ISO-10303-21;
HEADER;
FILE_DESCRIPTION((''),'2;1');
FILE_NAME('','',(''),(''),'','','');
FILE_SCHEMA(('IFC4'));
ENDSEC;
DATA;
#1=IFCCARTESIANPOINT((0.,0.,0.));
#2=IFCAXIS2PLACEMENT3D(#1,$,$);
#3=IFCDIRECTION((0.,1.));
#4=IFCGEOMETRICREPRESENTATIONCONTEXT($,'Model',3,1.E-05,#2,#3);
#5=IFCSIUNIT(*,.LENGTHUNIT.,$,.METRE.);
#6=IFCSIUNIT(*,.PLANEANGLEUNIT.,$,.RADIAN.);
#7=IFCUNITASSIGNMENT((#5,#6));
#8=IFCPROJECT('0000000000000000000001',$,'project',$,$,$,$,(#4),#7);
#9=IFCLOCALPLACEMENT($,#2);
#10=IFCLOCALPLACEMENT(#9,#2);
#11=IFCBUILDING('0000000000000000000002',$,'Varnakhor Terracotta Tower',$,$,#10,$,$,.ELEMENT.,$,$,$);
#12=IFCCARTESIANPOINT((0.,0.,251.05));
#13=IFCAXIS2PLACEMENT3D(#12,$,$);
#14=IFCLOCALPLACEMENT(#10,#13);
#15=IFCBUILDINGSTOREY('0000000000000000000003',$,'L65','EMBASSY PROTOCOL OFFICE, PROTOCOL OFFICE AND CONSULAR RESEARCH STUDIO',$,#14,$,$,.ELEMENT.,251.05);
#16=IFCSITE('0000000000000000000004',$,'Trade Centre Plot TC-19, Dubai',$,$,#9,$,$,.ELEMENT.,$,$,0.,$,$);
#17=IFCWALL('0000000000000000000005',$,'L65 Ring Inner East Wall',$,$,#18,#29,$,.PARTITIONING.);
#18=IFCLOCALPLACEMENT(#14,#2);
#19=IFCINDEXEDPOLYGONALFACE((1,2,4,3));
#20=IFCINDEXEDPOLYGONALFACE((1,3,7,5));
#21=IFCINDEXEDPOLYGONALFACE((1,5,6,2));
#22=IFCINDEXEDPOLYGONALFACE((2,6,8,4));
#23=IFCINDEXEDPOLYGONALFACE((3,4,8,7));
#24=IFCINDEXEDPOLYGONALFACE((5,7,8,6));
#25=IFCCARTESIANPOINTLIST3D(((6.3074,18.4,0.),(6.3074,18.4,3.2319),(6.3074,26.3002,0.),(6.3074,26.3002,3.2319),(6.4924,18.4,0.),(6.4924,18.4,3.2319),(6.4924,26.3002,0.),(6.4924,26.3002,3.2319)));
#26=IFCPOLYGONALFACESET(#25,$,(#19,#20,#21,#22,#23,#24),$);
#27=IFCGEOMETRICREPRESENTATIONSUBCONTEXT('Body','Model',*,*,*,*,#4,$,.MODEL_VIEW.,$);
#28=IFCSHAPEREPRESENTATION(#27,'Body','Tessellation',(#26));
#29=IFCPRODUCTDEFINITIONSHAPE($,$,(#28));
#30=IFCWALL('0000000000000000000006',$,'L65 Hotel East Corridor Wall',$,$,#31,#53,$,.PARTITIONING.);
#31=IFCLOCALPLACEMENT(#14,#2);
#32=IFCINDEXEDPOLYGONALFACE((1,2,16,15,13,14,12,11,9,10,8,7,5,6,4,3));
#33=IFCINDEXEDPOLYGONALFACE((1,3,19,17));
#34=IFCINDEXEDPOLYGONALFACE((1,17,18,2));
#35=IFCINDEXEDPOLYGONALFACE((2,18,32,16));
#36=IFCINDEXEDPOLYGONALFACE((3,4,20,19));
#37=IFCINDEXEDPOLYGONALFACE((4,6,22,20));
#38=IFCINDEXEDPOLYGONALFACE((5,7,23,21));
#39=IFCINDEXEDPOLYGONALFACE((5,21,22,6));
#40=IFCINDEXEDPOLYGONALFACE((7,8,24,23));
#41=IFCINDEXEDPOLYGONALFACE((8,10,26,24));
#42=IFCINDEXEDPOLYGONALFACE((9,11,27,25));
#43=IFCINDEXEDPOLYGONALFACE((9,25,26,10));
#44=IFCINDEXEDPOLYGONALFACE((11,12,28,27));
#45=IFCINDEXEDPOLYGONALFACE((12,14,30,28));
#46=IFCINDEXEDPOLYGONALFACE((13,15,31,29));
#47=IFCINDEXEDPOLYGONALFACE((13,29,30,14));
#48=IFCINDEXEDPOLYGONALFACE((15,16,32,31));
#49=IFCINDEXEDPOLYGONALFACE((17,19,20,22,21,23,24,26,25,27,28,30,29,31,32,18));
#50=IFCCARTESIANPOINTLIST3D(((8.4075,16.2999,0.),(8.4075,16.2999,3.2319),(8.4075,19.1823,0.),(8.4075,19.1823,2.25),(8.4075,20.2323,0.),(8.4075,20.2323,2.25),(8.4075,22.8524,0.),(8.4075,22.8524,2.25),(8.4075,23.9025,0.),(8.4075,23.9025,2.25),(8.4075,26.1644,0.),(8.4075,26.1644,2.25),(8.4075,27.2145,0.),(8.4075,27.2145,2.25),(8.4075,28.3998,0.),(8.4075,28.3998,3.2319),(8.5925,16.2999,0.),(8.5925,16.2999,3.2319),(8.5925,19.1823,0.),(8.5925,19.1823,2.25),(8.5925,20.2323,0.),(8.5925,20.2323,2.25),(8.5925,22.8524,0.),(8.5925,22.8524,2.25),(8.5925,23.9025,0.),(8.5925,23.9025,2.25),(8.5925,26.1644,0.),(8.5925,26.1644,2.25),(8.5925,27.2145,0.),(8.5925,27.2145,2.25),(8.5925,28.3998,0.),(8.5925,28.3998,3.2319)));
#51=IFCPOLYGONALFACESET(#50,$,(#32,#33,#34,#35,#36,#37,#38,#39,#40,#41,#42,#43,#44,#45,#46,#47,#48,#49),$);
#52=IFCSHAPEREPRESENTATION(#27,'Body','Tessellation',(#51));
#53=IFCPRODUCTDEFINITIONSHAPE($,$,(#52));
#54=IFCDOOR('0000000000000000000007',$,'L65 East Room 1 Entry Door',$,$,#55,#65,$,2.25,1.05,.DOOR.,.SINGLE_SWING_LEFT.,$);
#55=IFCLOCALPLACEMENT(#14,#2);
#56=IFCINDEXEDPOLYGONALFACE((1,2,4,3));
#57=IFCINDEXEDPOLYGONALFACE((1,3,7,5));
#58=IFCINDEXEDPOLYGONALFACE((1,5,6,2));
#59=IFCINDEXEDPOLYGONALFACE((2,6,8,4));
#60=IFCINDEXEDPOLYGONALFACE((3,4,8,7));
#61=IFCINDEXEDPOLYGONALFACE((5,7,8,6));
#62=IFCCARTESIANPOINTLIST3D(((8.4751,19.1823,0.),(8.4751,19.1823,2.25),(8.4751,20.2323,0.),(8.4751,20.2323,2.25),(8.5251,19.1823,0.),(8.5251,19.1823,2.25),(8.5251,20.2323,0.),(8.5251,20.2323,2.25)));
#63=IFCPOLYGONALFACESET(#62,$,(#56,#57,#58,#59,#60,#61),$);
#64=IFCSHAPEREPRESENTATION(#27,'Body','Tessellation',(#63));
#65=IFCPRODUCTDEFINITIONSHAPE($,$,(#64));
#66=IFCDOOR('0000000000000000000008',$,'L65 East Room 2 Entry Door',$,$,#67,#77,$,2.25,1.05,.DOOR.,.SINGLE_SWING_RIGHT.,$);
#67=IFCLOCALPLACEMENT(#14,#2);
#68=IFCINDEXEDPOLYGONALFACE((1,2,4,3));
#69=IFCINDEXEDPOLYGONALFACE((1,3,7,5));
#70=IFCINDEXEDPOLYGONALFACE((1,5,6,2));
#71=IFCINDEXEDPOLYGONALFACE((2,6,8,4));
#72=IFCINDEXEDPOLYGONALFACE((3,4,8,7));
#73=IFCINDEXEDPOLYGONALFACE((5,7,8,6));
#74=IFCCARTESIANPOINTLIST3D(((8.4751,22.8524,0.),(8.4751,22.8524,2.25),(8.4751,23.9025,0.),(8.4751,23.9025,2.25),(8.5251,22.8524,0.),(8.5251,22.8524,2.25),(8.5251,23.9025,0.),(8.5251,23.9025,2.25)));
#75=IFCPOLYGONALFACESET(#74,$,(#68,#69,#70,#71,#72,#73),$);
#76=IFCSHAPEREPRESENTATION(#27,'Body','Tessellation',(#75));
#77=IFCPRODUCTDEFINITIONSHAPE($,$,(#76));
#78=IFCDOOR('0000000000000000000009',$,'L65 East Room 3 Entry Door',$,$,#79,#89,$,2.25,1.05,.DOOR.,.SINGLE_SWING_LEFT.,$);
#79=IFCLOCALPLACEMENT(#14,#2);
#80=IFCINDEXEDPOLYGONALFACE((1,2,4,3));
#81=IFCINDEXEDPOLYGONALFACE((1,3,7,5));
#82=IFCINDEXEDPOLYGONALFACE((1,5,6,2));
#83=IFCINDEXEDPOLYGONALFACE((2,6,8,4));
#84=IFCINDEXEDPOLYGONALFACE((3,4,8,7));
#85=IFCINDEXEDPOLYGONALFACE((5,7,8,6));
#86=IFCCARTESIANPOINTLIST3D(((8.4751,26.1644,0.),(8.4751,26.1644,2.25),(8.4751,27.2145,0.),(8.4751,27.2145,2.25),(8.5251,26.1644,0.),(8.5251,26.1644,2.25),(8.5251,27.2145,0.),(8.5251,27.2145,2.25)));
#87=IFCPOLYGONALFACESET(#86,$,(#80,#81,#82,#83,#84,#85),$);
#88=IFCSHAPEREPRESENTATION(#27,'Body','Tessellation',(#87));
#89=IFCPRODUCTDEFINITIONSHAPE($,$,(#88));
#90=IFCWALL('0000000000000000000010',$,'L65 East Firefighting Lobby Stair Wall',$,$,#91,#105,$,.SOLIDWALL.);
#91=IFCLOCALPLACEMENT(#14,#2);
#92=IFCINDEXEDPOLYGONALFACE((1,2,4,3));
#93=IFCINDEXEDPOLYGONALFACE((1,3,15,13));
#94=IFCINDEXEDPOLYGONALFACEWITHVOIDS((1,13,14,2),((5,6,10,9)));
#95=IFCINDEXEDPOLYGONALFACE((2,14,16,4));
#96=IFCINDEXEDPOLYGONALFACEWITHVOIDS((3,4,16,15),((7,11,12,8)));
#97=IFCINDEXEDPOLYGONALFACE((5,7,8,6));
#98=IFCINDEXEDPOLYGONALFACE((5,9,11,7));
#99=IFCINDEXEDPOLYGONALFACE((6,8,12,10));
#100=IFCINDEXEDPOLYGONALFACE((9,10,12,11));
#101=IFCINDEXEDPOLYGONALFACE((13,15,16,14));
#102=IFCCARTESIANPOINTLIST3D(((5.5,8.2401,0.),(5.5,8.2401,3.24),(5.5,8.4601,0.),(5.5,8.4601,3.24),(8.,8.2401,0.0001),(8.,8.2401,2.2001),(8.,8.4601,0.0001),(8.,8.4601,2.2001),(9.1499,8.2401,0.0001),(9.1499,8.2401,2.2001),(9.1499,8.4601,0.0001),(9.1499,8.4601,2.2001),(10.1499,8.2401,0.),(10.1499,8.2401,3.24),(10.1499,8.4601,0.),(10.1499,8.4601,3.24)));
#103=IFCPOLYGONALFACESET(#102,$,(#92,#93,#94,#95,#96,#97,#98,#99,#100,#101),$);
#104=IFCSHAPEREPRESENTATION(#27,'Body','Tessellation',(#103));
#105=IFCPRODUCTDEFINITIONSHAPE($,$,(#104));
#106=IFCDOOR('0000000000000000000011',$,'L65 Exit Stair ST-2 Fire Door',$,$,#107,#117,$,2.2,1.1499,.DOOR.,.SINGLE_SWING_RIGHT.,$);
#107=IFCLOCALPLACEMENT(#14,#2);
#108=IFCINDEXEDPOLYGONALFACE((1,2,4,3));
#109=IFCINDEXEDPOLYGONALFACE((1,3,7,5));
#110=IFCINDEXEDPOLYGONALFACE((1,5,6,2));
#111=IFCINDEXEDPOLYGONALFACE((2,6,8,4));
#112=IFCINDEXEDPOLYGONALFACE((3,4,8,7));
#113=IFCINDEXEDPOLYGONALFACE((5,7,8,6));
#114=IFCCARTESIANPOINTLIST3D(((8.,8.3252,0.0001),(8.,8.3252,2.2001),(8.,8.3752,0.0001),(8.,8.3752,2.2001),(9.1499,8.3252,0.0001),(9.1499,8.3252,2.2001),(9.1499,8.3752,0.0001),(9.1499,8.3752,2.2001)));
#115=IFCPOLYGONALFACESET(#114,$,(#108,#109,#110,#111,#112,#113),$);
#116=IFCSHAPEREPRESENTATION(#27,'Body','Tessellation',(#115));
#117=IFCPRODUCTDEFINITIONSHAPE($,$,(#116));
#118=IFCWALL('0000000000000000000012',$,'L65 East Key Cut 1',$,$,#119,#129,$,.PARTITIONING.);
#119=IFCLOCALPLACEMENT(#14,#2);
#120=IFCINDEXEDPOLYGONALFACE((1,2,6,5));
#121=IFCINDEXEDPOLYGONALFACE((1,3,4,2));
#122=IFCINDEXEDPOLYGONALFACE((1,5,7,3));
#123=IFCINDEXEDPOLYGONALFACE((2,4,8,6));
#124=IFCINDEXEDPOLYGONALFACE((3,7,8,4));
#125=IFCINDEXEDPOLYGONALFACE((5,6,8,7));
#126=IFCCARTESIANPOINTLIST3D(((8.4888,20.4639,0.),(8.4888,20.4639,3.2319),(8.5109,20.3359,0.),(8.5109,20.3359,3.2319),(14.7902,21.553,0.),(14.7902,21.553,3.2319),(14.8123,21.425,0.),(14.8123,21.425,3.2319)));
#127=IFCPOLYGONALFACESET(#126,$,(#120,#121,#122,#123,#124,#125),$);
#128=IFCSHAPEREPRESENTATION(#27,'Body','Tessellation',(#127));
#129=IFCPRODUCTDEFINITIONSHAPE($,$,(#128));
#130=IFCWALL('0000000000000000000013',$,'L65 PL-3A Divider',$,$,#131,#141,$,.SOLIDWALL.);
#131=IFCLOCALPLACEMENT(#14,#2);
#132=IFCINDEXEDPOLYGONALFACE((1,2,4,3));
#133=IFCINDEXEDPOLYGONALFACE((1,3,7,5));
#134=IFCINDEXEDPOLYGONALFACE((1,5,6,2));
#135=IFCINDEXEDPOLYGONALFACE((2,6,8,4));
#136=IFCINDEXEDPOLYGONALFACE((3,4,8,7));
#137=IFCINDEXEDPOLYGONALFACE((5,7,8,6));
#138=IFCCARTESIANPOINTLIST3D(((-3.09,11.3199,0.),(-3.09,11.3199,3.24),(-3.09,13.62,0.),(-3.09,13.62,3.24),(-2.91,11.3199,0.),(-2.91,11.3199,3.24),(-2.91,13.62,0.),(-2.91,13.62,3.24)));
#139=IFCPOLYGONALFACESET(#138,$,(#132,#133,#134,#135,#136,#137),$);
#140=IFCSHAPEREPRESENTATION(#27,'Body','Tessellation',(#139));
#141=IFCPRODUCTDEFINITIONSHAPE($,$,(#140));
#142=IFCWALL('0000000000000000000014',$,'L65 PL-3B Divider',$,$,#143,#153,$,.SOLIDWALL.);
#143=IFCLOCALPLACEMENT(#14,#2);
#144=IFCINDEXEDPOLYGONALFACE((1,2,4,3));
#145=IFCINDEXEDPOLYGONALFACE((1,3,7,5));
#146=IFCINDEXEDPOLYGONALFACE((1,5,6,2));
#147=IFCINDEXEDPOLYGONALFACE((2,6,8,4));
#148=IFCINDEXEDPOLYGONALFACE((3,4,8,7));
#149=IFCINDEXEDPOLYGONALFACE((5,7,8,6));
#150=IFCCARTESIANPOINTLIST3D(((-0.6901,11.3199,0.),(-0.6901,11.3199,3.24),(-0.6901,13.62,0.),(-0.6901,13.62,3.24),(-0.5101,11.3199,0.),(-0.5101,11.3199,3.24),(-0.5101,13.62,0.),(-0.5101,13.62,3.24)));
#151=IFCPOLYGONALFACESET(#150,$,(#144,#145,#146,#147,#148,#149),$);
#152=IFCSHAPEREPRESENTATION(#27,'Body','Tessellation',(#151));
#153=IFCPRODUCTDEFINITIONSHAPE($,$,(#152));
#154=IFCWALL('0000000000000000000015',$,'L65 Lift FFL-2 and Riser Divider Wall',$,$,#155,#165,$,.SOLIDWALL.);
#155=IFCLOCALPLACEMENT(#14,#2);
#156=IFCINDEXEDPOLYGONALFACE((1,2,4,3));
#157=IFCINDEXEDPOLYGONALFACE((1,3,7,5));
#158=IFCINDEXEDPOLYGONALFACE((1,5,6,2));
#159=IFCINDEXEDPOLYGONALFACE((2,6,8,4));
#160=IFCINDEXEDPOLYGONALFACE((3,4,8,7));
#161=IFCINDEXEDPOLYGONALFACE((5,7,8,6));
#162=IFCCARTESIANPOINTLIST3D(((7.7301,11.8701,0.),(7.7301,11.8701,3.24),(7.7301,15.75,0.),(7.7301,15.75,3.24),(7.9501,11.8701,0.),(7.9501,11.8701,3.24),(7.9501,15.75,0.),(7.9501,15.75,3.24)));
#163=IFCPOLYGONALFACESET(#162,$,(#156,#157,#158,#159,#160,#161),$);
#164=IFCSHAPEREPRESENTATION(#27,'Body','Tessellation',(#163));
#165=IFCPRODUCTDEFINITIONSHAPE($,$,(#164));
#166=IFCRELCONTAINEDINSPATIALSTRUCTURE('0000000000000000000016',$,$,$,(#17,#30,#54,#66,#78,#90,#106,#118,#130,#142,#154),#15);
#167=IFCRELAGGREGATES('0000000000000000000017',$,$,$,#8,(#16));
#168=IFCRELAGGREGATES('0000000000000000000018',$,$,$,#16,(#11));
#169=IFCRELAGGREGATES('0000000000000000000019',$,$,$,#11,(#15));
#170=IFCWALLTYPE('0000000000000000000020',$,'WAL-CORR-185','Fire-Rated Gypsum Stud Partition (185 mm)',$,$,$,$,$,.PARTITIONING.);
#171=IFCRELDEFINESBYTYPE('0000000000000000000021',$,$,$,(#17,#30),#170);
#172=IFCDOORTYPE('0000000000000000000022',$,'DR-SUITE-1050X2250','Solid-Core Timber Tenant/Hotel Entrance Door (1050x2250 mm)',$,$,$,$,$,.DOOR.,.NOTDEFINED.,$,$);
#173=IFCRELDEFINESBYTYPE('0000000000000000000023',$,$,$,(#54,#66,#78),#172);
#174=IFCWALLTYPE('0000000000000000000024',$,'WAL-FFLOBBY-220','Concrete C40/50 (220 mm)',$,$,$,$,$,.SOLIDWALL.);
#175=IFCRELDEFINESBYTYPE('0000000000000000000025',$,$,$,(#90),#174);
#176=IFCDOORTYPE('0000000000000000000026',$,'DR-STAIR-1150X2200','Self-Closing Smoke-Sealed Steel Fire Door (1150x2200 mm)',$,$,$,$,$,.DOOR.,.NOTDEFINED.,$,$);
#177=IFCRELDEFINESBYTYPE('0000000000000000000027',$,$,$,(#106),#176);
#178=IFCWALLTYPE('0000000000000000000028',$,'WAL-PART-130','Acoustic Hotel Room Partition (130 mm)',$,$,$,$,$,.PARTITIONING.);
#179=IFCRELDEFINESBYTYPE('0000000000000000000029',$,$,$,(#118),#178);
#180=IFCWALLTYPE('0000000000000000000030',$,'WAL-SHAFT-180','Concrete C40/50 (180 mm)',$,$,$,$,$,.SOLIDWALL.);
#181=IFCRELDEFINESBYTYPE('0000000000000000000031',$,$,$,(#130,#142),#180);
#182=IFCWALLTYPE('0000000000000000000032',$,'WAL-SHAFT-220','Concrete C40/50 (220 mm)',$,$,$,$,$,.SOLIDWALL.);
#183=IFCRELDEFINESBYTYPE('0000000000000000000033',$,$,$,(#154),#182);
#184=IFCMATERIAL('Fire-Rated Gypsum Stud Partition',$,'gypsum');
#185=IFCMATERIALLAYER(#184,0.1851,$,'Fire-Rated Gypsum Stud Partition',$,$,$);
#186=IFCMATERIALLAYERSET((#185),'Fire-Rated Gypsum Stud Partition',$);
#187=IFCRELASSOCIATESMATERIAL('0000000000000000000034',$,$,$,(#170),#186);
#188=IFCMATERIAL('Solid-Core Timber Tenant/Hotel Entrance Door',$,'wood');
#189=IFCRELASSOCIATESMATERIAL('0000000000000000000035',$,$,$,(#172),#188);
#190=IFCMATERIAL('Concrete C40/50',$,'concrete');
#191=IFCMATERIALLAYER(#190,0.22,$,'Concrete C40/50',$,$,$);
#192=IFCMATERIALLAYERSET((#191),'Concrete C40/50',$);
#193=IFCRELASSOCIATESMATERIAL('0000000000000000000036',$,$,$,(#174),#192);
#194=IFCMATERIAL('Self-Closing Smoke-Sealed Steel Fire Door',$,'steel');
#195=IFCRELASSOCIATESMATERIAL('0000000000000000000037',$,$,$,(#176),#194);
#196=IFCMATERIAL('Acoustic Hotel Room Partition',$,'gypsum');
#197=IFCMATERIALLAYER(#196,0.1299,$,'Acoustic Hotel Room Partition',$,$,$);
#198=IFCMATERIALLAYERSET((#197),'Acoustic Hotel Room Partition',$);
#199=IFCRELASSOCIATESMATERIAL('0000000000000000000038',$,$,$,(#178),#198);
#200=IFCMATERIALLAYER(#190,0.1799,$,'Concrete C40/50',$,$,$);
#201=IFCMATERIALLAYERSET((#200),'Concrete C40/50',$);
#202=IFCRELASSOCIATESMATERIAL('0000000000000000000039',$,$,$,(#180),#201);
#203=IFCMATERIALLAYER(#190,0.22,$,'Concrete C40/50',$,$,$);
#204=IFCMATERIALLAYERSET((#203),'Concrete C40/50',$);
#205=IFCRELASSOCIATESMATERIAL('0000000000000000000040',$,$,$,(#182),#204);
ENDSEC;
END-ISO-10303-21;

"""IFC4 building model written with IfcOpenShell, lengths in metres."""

from ifc_helpers import new_model, si_unit, direction, frame, frame_2d, origin, place, context, subcontext, project, spatial, rectangle, extrude, source, transform, mapped, material, layer, layer_set, type_object, type_shapes, element, fill, save


model = new_model("IFC4")

# Units and contexts
model_context = context("Model", 3, precision=1e-05, world=origin(), true_north=direction((0.0, 1.0)))
body_context = subcontext(model_context, "Body", "Model", "MODEL_VIEW")
ifc_project = project(units=[si_unit("LENGTHUNIT", "METRE"), si_unit("PLANEANGLEUNIT", "RADIAN")], contexts=[model_context])

# Site, building, storey
site_placement = place(None, origin())
site = spatial("IfcSite", under=ifc_project, at=site_placement, Name="Trade Centre Plot TC-19, Dubai", CompositionType="ELEMENT", RefElevation=0.0)
building_placement = place(site_placement, origin())
building = spatial("IfcBuilding", under=site, at=building_placement, Name="Varnakhor Terracotta Tower", CompositionType="ELEMENT")
storey_placement = place(building_placement, frame((0.0, 0.0, 251.05)))
storey = spatial("IfcBuildingStorey", under=building, at=storey_placement, Name="L65", Description="EMBASSY PROTOCOL OFFICE, PROTOCOL OFFICE AND CONSULAR RESEARCH STUDIO", CompositionType="ELEMENT", Elevation=251.05)

# Wall
ifc_material_1 = material(Name="Fire-Rated Gypsum Stud Partition", Category="gypsum")
ifc_layer_1 = layer(ifc_material_1, 0.1851, Name="Fire-Rated Gypsum Stud Partition")
ifc_layer_set_1 = layer_set([ifc_layer_1], Name="Fire-Rated Gypsum Stud Partition")
wall_type_1 = type_object("IfcWallType", Name="WAL-CORR-185", Description="Fire-Rated Gypsum Stud Partition (185 mm)", PredefinedType="PARTITIONING", material=ifc_layer_set_1)
wall_1_placement = place(storey_placement, frame((6.3999, 18.3999, 0.0), z_axis=(0.0, 0.0, 1.0), x_axis=(0.0, 1.0, 0.0)))
element("IfcWall", 1, at=wall_1_placement, inside=storey, type_object=wall_type_1, Name="L65 Ring Inner East Wall", PredefinedType="PARTITIONING", context=body_context, shape_type="SweptSolid", body=[
    extrude(rectangle(XDim=7.9001, YDim=0.1851, at=frame_2d((3.9502, 0.0))), origin(), (0.0, 0.0, 1.0), 3.2319),
])

# Wall, openings, doors
wall_2_placement = place(storey_placement, frame((8.5, 16.3, 0.0), z_axis=(0.0, 0.0, 1.0), x_axis=(0.0, 1.0, 0.0)))
wall_2 = element("IfcWall", 2, at=wall_2_placement, inside=storey, type_object=wall_type_1, Name="L65 Hotel East Corridor Wall", PredefinedType="PARTITIONING", context=body_context, shape_type="SweptSolid", body=[
    extrude(rectangle(XDim=12.0999, YDim=0.1851, at=frame_2d((6.0498, 0.0))), origin(), (0.0, 0.0, 1.0), 3.2319),
])
opening_1_placement = place(wall_2_placement, frame((2.8823, 0.0, 0.0)))
opening_1 = element("IfcOpeningElement", 3, at=opening_1_placement, cuts=wall_2, PredefinedType="OPENING", context=body_context, shape_type="SweptSolid", body=[
    extrude(rectangle(XDim=1.05, YDim=2.25, at=frame_2d((0.5249, 1.125))), frame((0.0, 0.1025, 0.0), z_axis=(0.0, -1.0, 0.0), x_axis=(1.0, 0.0, 0.0)), (0.0, 0.0, 1.0), 0.2051),
])
opening_2_placement = place(wall_2_placement, frame((6.5525, 0.0, 0.0)))
opening_2 = element("IfcOpeningElement", 4, at=opening_2_placement, cuts=wall_2, PredefinedType="OPENING", context=body_context, shape_type="SweptSolid", body=[
    extrude(rectangle(XDim=1.05, YDim=2.25, at=frame_2d((0.5249, 1.125))), frame((0.0, 0.1025, 0.0), z_axis=(0.0, -1.0, 0.0), x_axis=(1.0, 0.0, 0.0)), (0.0, 0.0, 1.0), 0.2051),
])
opening_3_placement = place(wall_2_placement, frame((9.8645, 0.0, 0.0)))
opening_3 = element("IfcOpeningElement", 5, at=opening_3_placement, cuts=wall_2, PredefinedType="OPENING", context=body_context, shape_type="SweptSolid", body=[
    extrude(rectangle(XDim=1.05, YDim=2.25, at=frame_2d((0.5249, 1.125))), frame((0.0, 0.1025, 0.0), z_axis=(0.0, -1.0, 0.0), x_axis=(1.0, 0.0, 0.0)), (0.0, 0.0, 1.0), 0.2051),
])
ifc_material_2 = material(Name="Solid-Core Timber Tenant/Hotel Entrance Door", Category="wood")
door_type_1 = type_object("IfcDoorType", Name="DR-SUITE-1050X2250", Description="Solid-Core Timber Tenant/Hotel Entrance Door (1050x2250 mm)", OperationType="NOTDEFINED", PredefinedType="DOOR", material=ifc_material_2)
shared_shape_1 = source(origin(), body_context, "Body", "SweptSolid", [
    extrude(rectangle(XDim=1.05, YDim=2.25, at=frame_2d((0.5249, 1.125))), frame((0.0, 0.0249, 0.0), z_axis=(0.0, -1.0, 0.0), x_axis=(1.0, 0.0, 0.0)), (0.0, 0.0, 1.0), 0.05),
])
type_shapes(door_type_1, [shared_shape_1])
door_1_placement = place(opening_1_placement, origin())
door_1 = element("IfcDoor", 6, at=door_1_placement, inside=storey, type_object=door_type_1, Name="L65 East Room 1 Entry Door", OperationType="SINGLE_SWING_LEFT", OverallHeight=2.25, OverallWidth=1.05, PredefinedType="DOOR", context=body_context, shape_type="MappedRepresentation", body=[
    mapped(shared_shape_1, transform((0.0, 0.0, 0.0), scale=1.0)),
])
fill(opening_1, door_1)
door_2_placement = place(opening_2_placement, origin())
door_2 = element("IfcDoor", 7, at=door_2_placement, inside=storey, type_object=door_type_1, Name="L65 East Room 2 Entry Door", OperationType="SINGLE_SWING_RIGHT", OverallHeight=2.25, OverallWidth=1.05, PredefinedType="DOOR", context=body_context, shape_type="MappedRepresentation", body=[
    mapped(shared_shape_1, transform((0.0, 0.0, 0.0), scale=1.0)),
])
fill(opening_2, door_2)
door_3_placement = place(opening_3_placement, origin())
door_3 = element("IfcDoor", 8, at=door_3_placement, inside=storey, type_object=door_type_1, Name="L65 East Room 3 Entry Door", OperationType="SINGLE_SWING_LEFT", OverallHeight=2.25, OverallWidth=1.05, PredefinedType="DOOR", context=body_context, shape_type="MappedRepresentation", body=[
    mapped(shared_shape_1, transform((0.0, 0.0, 0.0), scale=1.0)),
])
fill(opening_3, door_3)

# Wall, opening, door
ifc_material_3 = material(Name="Concrete C40/50", Category="concrete")
ifc_layer_2 = layer(ifc_material_3, 0.22, Name="Concrete C40/50")
ifc_layer_set_2 = layer_set([ifc_layer_2], Name="Concrete C40/50")
wall_type_2 = type_object("IfcWallType", Name="WAL-FFLOBBY-220", Description="Concrete C40/50 (220 mm)", PredefinedType="SOLIDWALL", material=ifc_layer_set_2)
wall_3_placement = place(storey_placement, frame((10.1499, 8.3501, 0.0), z_axis=(0.0, 0.0, 1.0), x_axis=(-1.0, 0.0, 0.0)))
wall_3 = element("IfcWall", 9, at=wall_3_placement, inside=storey, type_object=wall_type_2, Name="L65 East Firefighting Lobby Stair Wall", PredefinedType="SOLIDWALL", context=body_context, shape_type="SweptSolid", body=[
    extrude(rectangle(XDim=4.6499, YDim=0.22, at=frame_2d((2.325, 0.0))), origin(), (0.0, 0.0, 1.0), 3.24),
])
opening_4_placement = place(wall_3_placement, frame((1.0, 0.0, 0.0)))
opening_4 = element("IfcOpeningElement", 10, at=opening_4_placement, cuts=wall_3, PredefinedType="OPENING", context=body_context, shape_type="SweptSolid", body=[
    extrude(rectangle(XDim=1.1499, YDim=2.2, at=frame_2d((0.575, 1.1001))), frame((0.0, 0.1201, 0.0), z_axis=(0.0, -1.0, 0.0), x_axis=(1.0, 0.0, 0.0)), (0.0, 0.0, 1.0), 0.24),
])
ifc_material_4 = material(Name="Self-Closing Smoke-Sealed Steel Fire Door", Category="steel")
door_type_2 = type_object("IfcDoorType", Name="DR-STAIR-1150X2200", Description="Self-Closing Smoke-Sealed Steel Fire Door (1150x2200 mm)", OperationType="NOTDEFINED", PredefinedType="DOOR", material=ifc_material_4)
shared_shape_2 = source(origin(), body_context, "Body", "SweptSolid", [
    extrude(rectangle(XDim=1.1499, YDim=2.2, at=frame_2d((0.575, 1.1001))), frame((0.0, 0.0249, 0.0), z_axis=(0.0, -1.0, 0.0), x_axis=(1.0, 0.0, 0.0)), (0.0, 0.0, 1.0), 0.05),
])
type_shapes(door_type_2, [shared_shape_2])
door_4_placement = place(opening_4_placement, origin())
door_4 = element("IfcDoor", 11, at=door_4_placement, inside=storey, type_object=door_type_2, Name="L65 Exit Stair ST-2 Fire Door", OperationType="SINGLE_SWING_RIGHT", OverallHeight=2.2, OverallWidth=1.1499, PredefinedType="DOOR", context=body_context, shape_type="MappedRepresentation", body=[
    mapped(shared_shape_2, transform((0.0, 0.0, 0.0), scale=1.0)),
])
fill(opening_4, door_4)

# Walls
ifc_material_5 = material(Name="Acoustic Hotel Room Partition", Category="gypsum")
ifc_layer_3 = layer(ifc_material_5, 0.1299, Name="Acoustic Hotel Room Partition")
ifc_layer_set_3 = layer_set([ifc_layer_3], Name="Acoustic Hotel Room Partition")
wall_type_3 = type_object("IfcWallType", Name="WAL-PART-130", Description="Acoustic Hotel Room Partition (130 mm)", PredefinedType="PARTITIONING", material=ifc_layer_set_3)
wall_4_placement = place(storey_placement, frame((8.5, 20.3999, 0.0), z_axis=(0.0, 0.0, 1.0), x_axis=(0.98539, 0.170315, 0.0)))
element("IfcWall", 12, at=wall_4_placement, inside=storey, type_object=wall_type_3, Name="L65 East Key Cut 1", PredefinedType="PARTITIONING", context=body_context, shape_type="SweptSolid", body=[
    extrude(rectangle(XDim=6.3948, YDim=0.1299, at=frame_2d((3.1973, 0.0))), origin(), (0.0, 0.0, 1.0), 3.2319),
])
ifc_layer_4 = layer(ifc_material_3, 0.1799, Name="Concrete C40/50")
ifc_layer_set_4 = layer_set([ifc_layer_4], Name="Concrete C40/50")
wall_type_4 = type_object("IfcWallType", Name="WAL-SHAFT-180", Description="Concrete C40/50 (180 mm)", PredefinedType="SOLIDWALL", material=ifc_layer_set_4)
for number, where, z_axis, x_axis, name in (
    (13, (-3.0, 11.3201, 0.0), (0.0, 0.0, 1.0), (0.0, 1.0, 0.0), "L65 PL-3A Divider"),
    (14, (-0.6001, 11.3201, 0.0), (0.0, 0.0, 1.0), (0.0, 1.0, 0.0), "L65 PL-3B Divider"),
):
    element("IfcWall", number, at=place(storey_placement, frame(where, z_axis=z_axis, x_axis=x_axis)), inside=storey, type_object=wall_type_4, Name=name, PredefinedType="SOLIDWALL", context=body_context, shape_type="SweptSolid", body=[
        extrude(rectangle(XDim=2.3, YDim=0.1799, at=frame_2d((1.1499, 0.0))), origin(), (0.0, 0.0, 1.0), 3.24),
    ])
ifc_layer_5 = layer(ifc_material_3, 0.22, Name="Concrete C40/50")
ifc_layer_set_5 = layer_set([ifc_layer_5], Name="Concrete C40/50")
wall_type_5 = type_object("IfcWallType", Name="WAL-SHAFT-220", Description="Concrete C40/50 (220 mm)", PredefinedType="SOLIDWALL", material=ifc_layer_set_5)
wall_5_placement = place(storey_placement, frame((7.8401, 11.8701, 0.0), z_axis=(0.0, 0.0, 1.0), x_axis=(0.0, 1.0, 0.0)))
element("IfcWall", 15, at=wall_5_placement, inside=storey, type_object=wall_type_5, Name="L65 Lift FFL-2 and Riser Divider Wall", PredefinedType="SOLIDWALL", context=body_context, shape_type="SweptSolid", body=[
    extrude(rectangle(XDim=3.8799, YDim=0.22, at=frame_2d((1.9399, 0.0))), origin(), (0.0, 0.0, 1.0), 3.24),
])

save(model, "model.ifc")
